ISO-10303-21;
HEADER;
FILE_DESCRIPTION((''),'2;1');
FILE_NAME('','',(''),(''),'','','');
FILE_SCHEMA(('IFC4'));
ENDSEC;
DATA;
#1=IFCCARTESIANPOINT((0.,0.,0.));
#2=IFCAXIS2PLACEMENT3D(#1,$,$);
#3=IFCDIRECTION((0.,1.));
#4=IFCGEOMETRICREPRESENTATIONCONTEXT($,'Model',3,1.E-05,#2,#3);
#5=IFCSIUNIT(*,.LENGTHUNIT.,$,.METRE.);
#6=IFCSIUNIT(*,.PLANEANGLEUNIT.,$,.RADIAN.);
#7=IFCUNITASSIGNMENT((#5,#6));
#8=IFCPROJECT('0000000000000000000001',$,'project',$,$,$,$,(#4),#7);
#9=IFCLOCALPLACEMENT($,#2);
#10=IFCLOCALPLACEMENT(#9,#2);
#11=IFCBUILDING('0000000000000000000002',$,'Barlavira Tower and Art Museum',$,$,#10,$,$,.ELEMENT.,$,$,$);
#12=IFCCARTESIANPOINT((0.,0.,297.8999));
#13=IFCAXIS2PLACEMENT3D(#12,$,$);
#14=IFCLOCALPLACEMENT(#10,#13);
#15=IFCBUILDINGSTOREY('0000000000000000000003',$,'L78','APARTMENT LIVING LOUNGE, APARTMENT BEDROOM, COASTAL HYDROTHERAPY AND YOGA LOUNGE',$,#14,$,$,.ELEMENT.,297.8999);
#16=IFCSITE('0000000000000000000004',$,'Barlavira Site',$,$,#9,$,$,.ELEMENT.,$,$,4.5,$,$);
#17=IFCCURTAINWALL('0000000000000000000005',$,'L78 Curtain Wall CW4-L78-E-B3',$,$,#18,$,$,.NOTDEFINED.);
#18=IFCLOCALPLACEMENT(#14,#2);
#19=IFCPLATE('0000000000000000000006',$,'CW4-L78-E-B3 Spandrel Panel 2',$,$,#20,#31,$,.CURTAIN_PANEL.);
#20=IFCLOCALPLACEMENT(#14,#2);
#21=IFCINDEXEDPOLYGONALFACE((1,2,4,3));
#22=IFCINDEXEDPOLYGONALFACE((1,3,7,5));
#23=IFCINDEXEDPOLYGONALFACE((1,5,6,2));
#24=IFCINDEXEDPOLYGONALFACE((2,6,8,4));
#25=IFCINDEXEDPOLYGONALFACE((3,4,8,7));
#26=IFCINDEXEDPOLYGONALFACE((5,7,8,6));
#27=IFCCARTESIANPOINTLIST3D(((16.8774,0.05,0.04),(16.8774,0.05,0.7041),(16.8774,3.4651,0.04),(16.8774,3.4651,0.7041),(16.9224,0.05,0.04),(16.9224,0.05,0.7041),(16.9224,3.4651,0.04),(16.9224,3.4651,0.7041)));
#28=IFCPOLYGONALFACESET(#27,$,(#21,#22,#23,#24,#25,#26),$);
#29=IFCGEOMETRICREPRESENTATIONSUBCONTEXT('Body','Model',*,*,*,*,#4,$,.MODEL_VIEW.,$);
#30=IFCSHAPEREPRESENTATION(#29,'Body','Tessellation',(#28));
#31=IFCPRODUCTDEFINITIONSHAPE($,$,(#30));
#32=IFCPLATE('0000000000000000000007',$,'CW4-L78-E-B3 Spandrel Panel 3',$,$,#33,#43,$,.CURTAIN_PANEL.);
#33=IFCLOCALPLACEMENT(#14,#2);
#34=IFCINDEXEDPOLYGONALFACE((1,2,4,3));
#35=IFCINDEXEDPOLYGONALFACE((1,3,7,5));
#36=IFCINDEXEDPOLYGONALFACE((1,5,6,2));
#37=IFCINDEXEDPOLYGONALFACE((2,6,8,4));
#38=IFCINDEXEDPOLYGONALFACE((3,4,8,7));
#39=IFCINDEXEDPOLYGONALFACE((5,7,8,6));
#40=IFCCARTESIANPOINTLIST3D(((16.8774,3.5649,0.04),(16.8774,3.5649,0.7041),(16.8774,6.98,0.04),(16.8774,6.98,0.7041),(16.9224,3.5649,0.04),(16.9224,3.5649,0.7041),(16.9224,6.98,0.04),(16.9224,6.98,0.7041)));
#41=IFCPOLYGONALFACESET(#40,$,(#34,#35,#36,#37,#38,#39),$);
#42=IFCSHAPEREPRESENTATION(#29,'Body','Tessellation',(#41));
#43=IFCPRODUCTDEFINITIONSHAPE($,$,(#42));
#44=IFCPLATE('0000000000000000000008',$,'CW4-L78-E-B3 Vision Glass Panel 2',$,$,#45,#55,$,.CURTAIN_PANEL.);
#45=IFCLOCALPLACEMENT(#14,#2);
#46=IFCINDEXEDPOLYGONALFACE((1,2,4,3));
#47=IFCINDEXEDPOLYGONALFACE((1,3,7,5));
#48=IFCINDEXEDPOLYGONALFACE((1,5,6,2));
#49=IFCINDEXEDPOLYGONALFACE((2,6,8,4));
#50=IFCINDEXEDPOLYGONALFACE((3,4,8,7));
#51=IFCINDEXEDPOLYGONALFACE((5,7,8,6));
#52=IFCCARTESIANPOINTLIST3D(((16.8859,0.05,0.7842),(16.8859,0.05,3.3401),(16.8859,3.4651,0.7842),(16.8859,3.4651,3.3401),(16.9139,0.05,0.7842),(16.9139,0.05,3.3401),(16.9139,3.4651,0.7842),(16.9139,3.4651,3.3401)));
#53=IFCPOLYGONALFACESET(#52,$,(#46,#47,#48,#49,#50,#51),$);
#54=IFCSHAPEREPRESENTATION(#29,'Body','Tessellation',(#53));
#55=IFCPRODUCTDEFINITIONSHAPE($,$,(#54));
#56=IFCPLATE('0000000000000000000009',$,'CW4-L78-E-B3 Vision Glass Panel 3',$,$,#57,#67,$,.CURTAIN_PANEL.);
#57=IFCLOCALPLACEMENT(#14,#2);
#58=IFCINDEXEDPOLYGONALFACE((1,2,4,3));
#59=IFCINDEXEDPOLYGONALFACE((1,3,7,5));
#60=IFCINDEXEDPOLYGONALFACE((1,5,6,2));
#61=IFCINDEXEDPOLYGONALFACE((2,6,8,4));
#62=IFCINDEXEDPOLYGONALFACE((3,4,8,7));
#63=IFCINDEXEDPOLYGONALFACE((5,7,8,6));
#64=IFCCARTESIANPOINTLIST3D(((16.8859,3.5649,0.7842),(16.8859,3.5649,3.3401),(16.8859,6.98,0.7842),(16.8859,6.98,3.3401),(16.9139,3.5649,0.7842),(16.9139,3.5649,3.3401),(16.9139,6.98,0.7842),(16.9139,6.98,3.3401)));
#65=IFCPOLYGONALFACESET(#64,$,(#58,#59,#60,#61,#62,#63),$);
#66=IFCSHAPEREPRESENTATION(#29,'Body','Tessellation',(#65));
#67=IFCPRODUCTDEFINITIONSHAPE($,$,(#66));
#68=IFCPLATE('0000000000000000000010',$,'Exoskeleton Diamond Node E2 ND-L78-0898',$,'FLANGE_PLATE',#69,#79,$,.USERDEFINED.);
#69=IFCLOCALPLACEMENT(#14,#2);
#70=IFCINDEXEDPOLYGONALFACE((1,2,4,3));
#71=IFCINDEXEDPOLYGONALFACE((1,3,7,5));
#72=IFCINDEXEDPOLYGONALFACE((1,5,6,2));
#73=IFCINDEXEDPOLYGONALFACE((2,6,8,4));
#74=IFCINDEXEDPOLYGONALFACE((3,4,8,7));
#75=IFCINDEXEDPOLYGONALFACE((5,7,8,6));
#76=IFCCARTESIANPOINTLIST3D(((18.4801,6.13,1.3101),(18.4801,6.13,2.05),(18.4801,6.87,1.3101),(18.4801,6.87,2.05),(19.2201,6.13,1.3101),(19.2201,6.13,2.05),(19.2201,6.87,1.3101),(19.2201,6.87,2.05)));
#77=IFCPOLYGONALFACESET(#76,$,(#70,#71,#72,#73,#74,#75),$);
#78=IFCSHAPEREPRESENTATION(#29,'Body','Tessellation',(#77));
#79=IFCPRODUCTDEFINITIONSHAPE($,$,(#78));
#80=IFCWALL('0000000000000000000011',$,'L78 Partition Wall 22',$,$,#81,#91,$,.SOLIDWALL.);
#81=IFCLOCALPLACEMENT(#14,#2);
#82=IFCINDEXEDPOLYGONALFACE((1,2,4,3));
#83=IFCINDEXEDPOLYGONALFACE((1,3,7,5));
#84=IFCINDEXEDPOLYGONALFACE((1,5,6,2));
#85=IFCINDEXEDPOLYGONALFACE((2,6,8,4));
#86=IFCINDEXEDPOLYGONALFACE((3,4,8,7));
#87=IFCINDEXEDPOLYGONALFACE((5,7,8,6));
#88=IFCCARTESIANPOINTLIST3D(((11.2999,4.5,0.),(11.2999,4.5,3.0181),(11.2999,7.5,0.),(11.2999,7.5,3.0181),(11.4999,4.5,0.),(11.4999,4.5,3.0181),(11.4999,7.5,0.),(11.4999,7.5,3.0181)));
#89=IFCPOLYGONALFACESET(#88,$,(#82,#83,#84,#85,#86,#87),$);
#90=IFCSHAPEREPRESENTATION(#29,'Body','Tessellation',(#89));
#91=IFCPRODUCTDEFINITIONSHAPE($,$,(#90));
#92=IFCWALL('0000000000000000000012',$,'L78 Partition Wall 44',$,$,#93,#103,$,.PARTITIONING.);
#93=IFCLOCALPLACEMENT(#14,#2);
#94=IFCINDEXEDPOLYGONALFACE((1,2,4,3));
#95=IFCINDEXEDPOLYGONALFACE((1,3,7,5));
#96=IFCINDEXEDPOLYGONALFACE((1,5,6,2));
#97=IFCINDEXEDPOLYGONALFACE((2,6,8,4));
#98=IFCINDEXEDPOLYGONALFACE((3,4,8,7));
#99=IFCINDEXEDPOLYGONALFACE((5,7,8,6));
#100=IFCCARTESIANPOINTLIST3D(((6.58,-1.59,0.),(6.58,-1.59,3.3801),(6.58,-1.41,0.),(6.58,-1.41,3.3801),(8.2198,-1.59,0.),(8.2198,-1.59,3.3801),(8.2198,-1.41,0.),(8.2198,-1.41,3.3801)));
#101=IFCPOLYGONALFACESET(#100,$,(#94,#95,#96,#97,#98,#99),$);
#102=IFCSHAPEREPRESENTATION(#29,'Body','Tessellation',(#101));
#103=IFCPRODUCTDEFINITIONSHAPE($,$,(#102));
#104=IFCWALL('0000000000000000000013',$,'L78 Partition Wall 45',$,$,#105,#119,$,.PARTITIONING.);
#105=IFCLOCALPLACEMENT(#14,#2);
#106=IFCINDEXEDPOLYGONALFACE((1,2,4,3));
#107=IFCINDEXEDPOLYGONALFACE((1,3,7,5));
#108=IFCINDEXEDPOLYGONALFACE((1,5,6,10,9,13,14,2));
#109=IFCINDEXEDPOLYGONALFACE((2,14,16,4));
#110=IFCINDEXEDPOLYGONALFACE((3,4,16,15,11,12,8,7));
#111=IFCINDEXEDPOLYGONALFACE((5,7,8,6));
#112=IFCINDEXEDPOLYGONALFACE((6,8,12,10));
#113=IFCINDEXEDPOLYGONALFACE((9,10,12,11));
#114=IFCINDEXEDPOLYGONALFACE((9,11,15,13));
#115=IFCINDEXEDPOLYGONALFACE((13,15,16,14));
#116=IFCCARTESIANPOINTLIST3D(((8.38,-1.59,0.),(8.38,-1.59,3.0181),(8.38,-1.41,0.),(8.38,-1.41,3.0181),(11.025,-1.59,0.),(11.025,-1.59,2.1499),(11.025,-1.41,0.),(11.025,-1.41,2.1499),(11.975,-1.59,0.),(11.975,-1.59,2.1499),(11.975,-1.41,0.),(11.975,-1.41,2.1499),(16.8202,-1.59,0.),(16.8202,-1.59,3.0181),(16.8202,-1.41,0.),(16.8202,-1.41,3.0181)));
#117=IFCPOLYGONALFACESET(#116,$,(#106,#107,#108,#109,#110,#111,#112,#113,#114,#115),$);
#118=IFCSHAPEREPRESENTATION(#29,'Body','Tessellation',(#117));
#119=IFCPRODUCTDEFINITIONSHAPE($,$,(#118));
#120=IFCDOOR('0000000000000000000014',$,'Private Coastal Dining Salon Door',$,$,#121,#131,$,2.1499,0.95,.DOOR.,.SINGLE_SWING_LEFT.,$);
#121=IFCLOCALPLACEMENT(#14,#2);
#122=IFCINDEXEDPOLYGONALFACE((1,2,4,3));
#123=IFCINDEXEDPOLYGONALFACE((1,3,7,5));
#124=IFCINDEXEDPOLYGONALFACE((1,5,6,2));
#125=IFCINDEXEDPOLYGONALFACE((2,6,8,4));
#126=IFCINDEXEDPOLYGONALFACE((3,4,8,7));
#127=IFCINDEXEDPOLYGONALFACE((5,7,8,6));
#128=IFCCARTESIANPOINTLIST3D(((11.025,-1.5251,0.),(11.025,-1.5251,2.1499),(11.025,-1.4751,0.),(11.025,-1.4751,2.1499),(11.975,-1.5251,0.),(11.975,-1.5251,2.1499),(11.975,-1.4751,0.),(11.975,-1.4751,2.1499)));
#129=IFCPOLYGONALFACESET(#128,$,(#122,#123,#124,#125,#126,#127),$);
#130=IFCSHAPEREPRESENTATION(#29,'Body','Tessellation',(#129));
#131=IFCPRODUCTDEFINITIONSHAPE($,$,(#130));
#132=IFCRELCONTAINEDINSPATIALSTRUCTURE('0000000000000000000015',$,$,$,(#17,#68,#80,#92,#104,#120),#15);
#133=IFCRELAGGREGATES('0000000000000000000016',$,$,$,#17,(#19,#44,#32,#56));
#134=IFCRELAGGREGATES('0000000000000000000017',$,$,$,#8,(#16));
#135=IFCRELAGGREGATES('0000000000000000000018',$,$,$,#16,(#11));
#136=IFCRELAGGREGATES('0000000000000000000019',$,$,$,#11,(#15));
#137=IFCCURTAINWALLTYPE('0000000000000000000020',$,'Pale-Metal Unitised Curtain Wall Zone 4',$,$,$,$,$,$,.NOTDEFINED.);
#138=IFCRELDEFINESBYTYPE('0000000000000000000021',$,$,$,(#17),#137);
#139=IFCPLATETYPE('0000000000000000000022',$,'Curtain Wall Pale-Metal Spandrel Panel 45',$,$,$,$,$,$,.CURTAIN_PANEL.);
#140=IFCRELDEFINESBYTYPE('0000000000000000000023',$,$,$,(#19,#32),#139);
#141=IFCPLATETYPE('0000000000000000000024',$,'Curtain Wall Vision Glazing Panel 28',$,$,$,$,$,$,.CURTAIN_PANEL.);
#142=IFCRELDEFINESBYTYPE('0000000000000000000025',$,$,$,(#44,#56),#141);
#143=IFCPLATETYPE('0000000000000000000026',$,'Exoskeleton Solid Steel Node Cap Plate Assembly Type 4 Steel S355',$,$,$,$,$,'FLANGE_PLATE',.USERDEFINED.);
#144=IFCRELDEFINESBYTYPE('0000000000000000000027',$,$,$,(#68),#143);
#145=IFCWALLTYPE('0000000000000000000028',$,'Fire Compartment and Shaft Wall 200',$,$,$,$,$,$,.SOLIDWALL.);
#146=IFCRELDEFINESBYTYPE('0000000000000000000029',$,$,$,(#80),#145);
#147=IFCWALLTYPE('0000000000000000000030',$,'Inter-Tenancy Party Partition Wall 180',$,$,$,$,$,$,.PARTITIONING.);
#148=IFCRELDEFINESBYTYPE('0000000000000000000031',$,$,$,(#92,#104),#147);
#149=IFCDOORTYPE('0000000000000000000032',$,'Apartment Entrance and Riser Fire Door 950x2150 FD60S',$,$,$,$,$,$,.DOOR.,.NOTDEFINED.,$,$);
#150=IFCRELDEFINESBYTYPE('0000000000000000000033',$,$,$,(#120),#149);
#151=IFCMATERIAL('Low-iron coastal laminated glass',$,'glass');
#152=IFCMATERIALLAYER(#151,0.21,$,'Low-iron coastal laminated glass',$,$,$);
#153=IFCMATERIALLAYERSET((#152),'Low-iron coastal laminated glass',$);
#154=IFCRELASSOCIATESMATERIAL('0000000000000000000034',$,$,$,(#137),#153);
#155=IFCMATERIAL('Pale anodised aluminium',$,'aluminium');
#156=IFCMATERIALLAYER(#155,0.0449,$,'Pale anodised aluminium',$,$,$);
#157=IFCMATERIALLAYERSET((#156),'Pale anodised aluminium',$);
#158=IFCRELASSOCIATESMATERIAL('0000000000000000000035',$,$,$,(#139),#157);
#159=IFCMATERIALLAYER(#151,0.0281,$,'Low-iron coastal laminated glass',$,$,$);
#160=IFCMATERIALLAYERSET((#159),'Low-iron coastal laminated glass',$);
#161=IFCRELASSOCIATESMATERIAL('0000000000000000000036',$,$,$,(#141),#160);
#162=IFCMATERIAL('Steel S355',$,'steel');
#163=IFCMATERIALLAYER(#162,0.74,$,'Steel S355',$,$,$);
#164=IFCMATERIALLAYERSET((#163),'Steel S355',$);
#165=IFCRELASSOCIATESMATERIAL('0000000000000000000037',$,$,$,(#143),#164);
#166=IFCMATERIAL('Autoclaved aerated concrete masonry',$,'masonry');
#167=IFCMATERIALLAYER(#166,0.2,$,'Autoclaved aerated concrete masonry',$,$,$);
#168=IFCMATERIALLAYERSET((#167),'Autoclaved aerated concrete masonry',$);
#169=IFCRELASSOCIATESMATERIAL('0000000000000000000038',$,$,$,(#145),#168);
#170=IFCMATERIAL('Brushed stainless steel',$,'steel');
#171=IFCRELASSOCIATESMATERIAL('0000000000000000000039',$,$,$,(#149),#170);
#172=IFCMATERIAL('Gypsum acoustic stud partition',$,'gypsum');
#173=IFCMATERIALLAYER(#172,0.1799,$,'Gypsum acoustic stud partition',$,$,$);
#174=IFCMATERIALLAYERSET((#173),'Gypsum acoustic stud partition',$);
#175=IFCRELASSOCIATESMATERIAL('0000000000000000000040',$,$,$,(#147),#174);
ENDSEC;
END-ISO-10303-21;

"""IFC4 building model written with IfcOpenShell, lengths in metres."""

from ifc_helpers import new_model, si_unit, direction, frame, frame_2d, origin, origin_2d, place, context, subcontext, project, spatial, rectangle, extrude, material, layer, layer_set, type_object, element, fill, aggregate, save


model = new_model("IFC4")

# Units and contexts
model_context = context("Model", 3, precision=1e-05, world=origin(), true_north=direction((0.0, 1.0)))
body_context = subcontext(model_context, "Body", "Model", "MODEL_VIEW")
ifc_project = project(units=[si_unit("LENGTHUNIT", "METRE"), si_unit("PLANEANGLEUNIT", "RADIAN")], contexts=[model_context])

# Site, building, storey
site_placement = place(None, origin())
site = spatial("IfcSite", under=ifc_project, at=site_placement, Name="Barlavira Site", CompositionType="ELEMENT", RefElevation=4.5)
building_placement = place(site_placement, origin())
building = spatial("IfcBuilding", under=site, at=building_placement, Name="Barlavira Tower and Art Museum", CompositionType="ELEMENT")
storey_placement = place(building_placement, frame((0.0, 0.0, 297.8999)))
storey = spatial("IfcBuildingStorey", under=building, at=storey_placement, Name="L78", Description="APARTMENT LIVING LOUNGE, APARTMENT BEDROOM, COASTAL HYDROTHERAPY AND YOGA LOUNGE", CompositionType="ELEMENT", Elevation=297.8999)

# Curtain wall
ifc_material_1 = material(Name="Low-iron coastal laminated glass", Category="glass")
ifc_layer_1 = layer(ifc_material_1, 0.21, Name="Low-iron coastal laminated glass")
ifc_layer_set_1 = layer_set([ifc_layer_1], Name="Low-iron coastal laminated glass")
curtain_wall_type = type_object("IfcCurtainWallType", Name="Pale-Metal Unitised Curtain Wall Zone 4", PredefinedType="NOTDEFINED", material=ifc_layer_set_1)
curtain_wall_placement = place(storey_placement, origin())
curtain_wall = element("IfcCurtainWall", 1, at=curtain_wall_placement, inside=storey, type_object=curtain_wall_type, Name="L78 Curtain Wall CW4-L78-E-B3", PredefinedType="NOTDEFINED")
ifc_material_2 = material(Name="Pale anodised aluminium", Category="aluminium")

# Shared definitions
ifc_material_3 = material(Name="Steel S355", Category="steel")

# Plates
ifc_layer_2 = layer(ifc_material_2, 0.0449, Name="Pale anodised aluminium")
ifc_layer_set_2 = layer_set([ifc_layer_2], Name="Pale anodised aluminium")
plate_type_1 = type_object("IfcPlateType", Name="Curtain Wall Pale-Metal Spandrel Panel 45", PredefinedType="CURTAIN_PANEL", material=ifc_layer_set_2)
plate_1_placement = place(storey_placement, frame((16.8999, 1.7576, 0.04), z_axis=(0.0, 0.0, 1.0), x_axis=(0.0, 1.0, 0.0)))
plate_1 = element("IfcPlate", 2, at=plate_1_placement, type_object=plate_type_1, Name="CW4-L78-E-B3 Spandrel Panel 2", PredefinedType="CURTAIN_PANEL", context=body_context, shape_type="SweptSolid", body=[
    extrude(rectangle(XDim=3.415, YDim=0.0449, at=origin_2d()), origin(), (0.0, 0.0, 1.0), 0.6641),
])
plate_2_placement = place(storey_placement, frame((16.8999, 5.2725, 0.04), z_axis=(0.0, 0.0, 1.0), x_axis=(0.0, 1.0, 0.0)))
plate_2 = element("IfcPlate", 3, at=plate_2_placement, type_object=plate_type_1, Name="CW4-L78-E-B3 Spandrel Panel 3", PredefinedType="CURTAIN_PANEL", context=body_context, shape_type="SweptSolid", body=[
    extrude(rectangle(XDim=3.415, YDim=0.0449, at=origin_2d()), origin(), (0.0, 0.0, 1.0), 0.6641),
])
ifc_layer_3 = layer(ifc_material_1, 0.0281, Name="Low-iron coastal laminated glass")
ifc_layer_set_3 = layer_set([ifc_layer_3], Name="Low-iron coastal laminated glass")
plate_type_2 = type_object("IfcPlateType", Name="Curtain Wall Vision Glazing Panel 28", PredefinedType="CURTAIN_PANEL", material=ifc_layer_set_3)
plate_3_placement = place(storey_placement, frame((16.8999, 1.7576, 0.7842), z_axis=(0.0, 0.0, 1.0), x_axis=(0.0, 1.0, 0.0)))
plate_3 = element("IfcPlate", 4, at=plate_3_placement, type_object=plate_type_2, Name="CW4-L78-E-B3 Vision Glass Panel 2", PredefinedType="CURTAIN_PANEL", context=body_context, shape_type="SweptSolid", body=[
    extrude(rectangle(XDim=3.415, YDim=0.0281, at=origin_2d()), origin(), (0.0, 0.0, 1.0), 2.5559),
])
plate_4_placement = place(storey_placement, frame((16.8999, 5.2725, 0.7842), z_axis=(0.0, 0.0, 1.0), x_axis=(0.0, 1.0, 0.0)))
plate_4 = element("IfcPlate", 5, at=plate_4_placement, type_object=plate_type_2, Name="CW4-L78-E-B3 Vision Glass Panel 3", PredefinedType="CURTAIN_PANEL", context=body_context, shape_type="SweptSolid", body=[
    extrude(rectangle(XDim=3.415, YDim=0.0281, at=origin_2d()), origin(), (0.0, 0.0, 1.0), 2.5559),
])
aggregate(curtain_wall, [plate_1, plate_3, plate_2, plate_4])
ifc_layer_4 = layer(ifc_material_3, 0.74, Name="Steel S355")
ifc_layer_set_4 = layer_set([ifc_layer_4], Name="Steel S355")
plate_type_3 = type_object("IfcPlateType", Name="Exoskeleton Solid Steel Node Cap Plate Assembly Type 4 Steel S355", ElementType="FLANGE_PLATE", PredefinedType="USERDEFINED", material=ifc_layer_set_4)
plate_5_placement = place(storey_placement, frame((18.8501, 6.5, 1.3101), z_axis=(0.0, 0.0, 1.0), x_axis=(1.0, 0.0, 0.0)))
element("IfcPlate", 6, at=plate_5_placement, inside=storey, type_object=plate_type_3, Name="Exoskeleton Diamond Node E2 ND-L78-0898", ObjectType="FLANGE_PLATE", PredefinedType="USERDEFINED", context=body_context, shape_type="SweptSolid", body=[
    extrude(rectangle(XDim=0.74, YDim=0.74, at=origin_2d()), origin(), (0.0, 0.0, 1.0), 0.74),
])

# Wall
ifc_material_4 = material(Name="Autoclaved aerated concrete masonry", Category="masonry")
ifc_layer_5 = layer(ifc_material_4, 0.2, Name="Autoclaved aerated concrete masonry")
ifc_layer_set_5 = layer_set([ifc_layer_5], Name="Autoclaved aerated concrete masonry")
wall_type_1 = type_object("IfcWallType", Name="Fire Compartment and Shaft Wall 200", PredefinedType="SOLIDWALL", material=ifc_layer_set_5)
wall_1_placement = place(storey_placement, frame((11.3999, 4.5, 0.0), z_axis=(0.0, 0.0, 1.0), x_axis=(0.0, 1.0, 0.0)))
element("IfcWall", 7, at=wall_1_placement, inside=storey, type_object=wall_type_1, Name="L78 Partition Wall 22", PredefinedType="SOLIDWALL", context=body_context, shape_type="SweptSolid", body=[
    extrude(rectangle(XDim=3.0, YDim=0.2, at=frame_2d((1.5, 0.0))), origin(), (0.0, 0.0, 1.0), 3.0181),
])

# Shared definitions
ifc_material_5 = material(Name="Brushed stainless steel", Category="steel")
door_type = type_object("IfcDoorType", Name="Apartment Entrance and Riser Fire Door 950x2150 FD60S", OperationType="NOTDEFINED", PredefinedType="DOOR", material=ifc_material_5)

# Wall
ifc_material_6 = material(Name="Gypsum acoustic stud partition", Category="gypsum")
ifc_layer_6 = layer(ifc_material_6, 0.1799, Name="Gypsum acoustic stud partition")
ifc_layer_set_6 = layer_set([ifc_layer_6], Name="Gypsum acoustic stud partition")
wall_type_2 = type_object("IfcWallType", Name="Inter-Tenancy Party Partition Wall 180", PredefinedType="PARTITIONING", material=ifc_layer_set_6)
wall_2_placement = place(storey_placement, frame((6.5801, -1.5, 0.0), z_axis=(0.0, 0.0, 1.0), x_axis=(1.0, 0.0, 0.0)))
element("IfcWall", 8, at=wall_2_placement, inside=storey, type_object=wall_type_2, Name="L78 Partition Wall 44", PredefinedType="PARTITIONING", context=body_context, shape_type="SweptSolid", body=[
    extrude(rectangle(XDim=1.6399, YDim=0.1799, at=frame_2d((0.8198, 0.0))), origin(), (0.0, 0.0, 1.0), 3.3801),
])

# Wall, opening, door
wall_3_placement = place(storey_placement, frame((8.3799, -1.5, 0.0), z_axis=(0.0, 0.0, 1.0), x_axis=(1.0, 0.0, 0.0)))
wall_3 = element("IfcWall", 9, at=wall_3_placement, inside=storey, type_object=wall_type_2, Name="L78 Partition Wall 45", PredefinedType="PARTITIONING", context=body_context, shape_type="SweptSolid", body=[
    extrude(rectangle(XDim=8.4402, YDim=0.1799, at=frame_2d((4.2202, 0.0))), origin(), (0.0, 0.0, 1.0), 3.0181),
])
opening_1_placement = place(wall_3_placement, frame((2.645, 0.0, 0.0)))
opening_1 = element("IfcOpeningElement", 10, at=opening_1_placement, cuts=wall_3, PredefinedType="OPENING", context=body_context, shape_type="SweptSolid", body=[
    extrude(rectangle(XDim=0.95, YDim=2.1499, at=frame_2d((0.4751, 1.075))), frame((0.0, 0.1001, 0.0), z_axis=(0.0, -1.0, 0.0), x_axis=(1.0, 0.0, 0.0)), (0.0, 0.0, 1.0), 0.2),
])
door_1_placement = place(opening_1_placement, origin())
door_1 = element("IfcDoor", 11, at=door_1_placement, inside=storey, type_object=door_type, Name="Private Coastal Dining Salon Door", OperationType="SINGLE_SWING_LEFT", OverallHeight=2.1499, OverallWidth=0.95, PredefinedType="DOOR", context=body_context, shape_type="SweptSolid", body=[
    extrude(rectangle(XDim=0.95, YDim=2.1499, at=frame_2d((0.4751, 1.075))), frame((0.0, 0.0249, 0.0), z_axis=(0.0, -1.0, 0.0), x_axis=(1.0, 0.0, 0.0)), (0.0, 0.0, 1.0), 0.05),
])
fill(opening_1, door_1)

save(model, "model.ifc")
